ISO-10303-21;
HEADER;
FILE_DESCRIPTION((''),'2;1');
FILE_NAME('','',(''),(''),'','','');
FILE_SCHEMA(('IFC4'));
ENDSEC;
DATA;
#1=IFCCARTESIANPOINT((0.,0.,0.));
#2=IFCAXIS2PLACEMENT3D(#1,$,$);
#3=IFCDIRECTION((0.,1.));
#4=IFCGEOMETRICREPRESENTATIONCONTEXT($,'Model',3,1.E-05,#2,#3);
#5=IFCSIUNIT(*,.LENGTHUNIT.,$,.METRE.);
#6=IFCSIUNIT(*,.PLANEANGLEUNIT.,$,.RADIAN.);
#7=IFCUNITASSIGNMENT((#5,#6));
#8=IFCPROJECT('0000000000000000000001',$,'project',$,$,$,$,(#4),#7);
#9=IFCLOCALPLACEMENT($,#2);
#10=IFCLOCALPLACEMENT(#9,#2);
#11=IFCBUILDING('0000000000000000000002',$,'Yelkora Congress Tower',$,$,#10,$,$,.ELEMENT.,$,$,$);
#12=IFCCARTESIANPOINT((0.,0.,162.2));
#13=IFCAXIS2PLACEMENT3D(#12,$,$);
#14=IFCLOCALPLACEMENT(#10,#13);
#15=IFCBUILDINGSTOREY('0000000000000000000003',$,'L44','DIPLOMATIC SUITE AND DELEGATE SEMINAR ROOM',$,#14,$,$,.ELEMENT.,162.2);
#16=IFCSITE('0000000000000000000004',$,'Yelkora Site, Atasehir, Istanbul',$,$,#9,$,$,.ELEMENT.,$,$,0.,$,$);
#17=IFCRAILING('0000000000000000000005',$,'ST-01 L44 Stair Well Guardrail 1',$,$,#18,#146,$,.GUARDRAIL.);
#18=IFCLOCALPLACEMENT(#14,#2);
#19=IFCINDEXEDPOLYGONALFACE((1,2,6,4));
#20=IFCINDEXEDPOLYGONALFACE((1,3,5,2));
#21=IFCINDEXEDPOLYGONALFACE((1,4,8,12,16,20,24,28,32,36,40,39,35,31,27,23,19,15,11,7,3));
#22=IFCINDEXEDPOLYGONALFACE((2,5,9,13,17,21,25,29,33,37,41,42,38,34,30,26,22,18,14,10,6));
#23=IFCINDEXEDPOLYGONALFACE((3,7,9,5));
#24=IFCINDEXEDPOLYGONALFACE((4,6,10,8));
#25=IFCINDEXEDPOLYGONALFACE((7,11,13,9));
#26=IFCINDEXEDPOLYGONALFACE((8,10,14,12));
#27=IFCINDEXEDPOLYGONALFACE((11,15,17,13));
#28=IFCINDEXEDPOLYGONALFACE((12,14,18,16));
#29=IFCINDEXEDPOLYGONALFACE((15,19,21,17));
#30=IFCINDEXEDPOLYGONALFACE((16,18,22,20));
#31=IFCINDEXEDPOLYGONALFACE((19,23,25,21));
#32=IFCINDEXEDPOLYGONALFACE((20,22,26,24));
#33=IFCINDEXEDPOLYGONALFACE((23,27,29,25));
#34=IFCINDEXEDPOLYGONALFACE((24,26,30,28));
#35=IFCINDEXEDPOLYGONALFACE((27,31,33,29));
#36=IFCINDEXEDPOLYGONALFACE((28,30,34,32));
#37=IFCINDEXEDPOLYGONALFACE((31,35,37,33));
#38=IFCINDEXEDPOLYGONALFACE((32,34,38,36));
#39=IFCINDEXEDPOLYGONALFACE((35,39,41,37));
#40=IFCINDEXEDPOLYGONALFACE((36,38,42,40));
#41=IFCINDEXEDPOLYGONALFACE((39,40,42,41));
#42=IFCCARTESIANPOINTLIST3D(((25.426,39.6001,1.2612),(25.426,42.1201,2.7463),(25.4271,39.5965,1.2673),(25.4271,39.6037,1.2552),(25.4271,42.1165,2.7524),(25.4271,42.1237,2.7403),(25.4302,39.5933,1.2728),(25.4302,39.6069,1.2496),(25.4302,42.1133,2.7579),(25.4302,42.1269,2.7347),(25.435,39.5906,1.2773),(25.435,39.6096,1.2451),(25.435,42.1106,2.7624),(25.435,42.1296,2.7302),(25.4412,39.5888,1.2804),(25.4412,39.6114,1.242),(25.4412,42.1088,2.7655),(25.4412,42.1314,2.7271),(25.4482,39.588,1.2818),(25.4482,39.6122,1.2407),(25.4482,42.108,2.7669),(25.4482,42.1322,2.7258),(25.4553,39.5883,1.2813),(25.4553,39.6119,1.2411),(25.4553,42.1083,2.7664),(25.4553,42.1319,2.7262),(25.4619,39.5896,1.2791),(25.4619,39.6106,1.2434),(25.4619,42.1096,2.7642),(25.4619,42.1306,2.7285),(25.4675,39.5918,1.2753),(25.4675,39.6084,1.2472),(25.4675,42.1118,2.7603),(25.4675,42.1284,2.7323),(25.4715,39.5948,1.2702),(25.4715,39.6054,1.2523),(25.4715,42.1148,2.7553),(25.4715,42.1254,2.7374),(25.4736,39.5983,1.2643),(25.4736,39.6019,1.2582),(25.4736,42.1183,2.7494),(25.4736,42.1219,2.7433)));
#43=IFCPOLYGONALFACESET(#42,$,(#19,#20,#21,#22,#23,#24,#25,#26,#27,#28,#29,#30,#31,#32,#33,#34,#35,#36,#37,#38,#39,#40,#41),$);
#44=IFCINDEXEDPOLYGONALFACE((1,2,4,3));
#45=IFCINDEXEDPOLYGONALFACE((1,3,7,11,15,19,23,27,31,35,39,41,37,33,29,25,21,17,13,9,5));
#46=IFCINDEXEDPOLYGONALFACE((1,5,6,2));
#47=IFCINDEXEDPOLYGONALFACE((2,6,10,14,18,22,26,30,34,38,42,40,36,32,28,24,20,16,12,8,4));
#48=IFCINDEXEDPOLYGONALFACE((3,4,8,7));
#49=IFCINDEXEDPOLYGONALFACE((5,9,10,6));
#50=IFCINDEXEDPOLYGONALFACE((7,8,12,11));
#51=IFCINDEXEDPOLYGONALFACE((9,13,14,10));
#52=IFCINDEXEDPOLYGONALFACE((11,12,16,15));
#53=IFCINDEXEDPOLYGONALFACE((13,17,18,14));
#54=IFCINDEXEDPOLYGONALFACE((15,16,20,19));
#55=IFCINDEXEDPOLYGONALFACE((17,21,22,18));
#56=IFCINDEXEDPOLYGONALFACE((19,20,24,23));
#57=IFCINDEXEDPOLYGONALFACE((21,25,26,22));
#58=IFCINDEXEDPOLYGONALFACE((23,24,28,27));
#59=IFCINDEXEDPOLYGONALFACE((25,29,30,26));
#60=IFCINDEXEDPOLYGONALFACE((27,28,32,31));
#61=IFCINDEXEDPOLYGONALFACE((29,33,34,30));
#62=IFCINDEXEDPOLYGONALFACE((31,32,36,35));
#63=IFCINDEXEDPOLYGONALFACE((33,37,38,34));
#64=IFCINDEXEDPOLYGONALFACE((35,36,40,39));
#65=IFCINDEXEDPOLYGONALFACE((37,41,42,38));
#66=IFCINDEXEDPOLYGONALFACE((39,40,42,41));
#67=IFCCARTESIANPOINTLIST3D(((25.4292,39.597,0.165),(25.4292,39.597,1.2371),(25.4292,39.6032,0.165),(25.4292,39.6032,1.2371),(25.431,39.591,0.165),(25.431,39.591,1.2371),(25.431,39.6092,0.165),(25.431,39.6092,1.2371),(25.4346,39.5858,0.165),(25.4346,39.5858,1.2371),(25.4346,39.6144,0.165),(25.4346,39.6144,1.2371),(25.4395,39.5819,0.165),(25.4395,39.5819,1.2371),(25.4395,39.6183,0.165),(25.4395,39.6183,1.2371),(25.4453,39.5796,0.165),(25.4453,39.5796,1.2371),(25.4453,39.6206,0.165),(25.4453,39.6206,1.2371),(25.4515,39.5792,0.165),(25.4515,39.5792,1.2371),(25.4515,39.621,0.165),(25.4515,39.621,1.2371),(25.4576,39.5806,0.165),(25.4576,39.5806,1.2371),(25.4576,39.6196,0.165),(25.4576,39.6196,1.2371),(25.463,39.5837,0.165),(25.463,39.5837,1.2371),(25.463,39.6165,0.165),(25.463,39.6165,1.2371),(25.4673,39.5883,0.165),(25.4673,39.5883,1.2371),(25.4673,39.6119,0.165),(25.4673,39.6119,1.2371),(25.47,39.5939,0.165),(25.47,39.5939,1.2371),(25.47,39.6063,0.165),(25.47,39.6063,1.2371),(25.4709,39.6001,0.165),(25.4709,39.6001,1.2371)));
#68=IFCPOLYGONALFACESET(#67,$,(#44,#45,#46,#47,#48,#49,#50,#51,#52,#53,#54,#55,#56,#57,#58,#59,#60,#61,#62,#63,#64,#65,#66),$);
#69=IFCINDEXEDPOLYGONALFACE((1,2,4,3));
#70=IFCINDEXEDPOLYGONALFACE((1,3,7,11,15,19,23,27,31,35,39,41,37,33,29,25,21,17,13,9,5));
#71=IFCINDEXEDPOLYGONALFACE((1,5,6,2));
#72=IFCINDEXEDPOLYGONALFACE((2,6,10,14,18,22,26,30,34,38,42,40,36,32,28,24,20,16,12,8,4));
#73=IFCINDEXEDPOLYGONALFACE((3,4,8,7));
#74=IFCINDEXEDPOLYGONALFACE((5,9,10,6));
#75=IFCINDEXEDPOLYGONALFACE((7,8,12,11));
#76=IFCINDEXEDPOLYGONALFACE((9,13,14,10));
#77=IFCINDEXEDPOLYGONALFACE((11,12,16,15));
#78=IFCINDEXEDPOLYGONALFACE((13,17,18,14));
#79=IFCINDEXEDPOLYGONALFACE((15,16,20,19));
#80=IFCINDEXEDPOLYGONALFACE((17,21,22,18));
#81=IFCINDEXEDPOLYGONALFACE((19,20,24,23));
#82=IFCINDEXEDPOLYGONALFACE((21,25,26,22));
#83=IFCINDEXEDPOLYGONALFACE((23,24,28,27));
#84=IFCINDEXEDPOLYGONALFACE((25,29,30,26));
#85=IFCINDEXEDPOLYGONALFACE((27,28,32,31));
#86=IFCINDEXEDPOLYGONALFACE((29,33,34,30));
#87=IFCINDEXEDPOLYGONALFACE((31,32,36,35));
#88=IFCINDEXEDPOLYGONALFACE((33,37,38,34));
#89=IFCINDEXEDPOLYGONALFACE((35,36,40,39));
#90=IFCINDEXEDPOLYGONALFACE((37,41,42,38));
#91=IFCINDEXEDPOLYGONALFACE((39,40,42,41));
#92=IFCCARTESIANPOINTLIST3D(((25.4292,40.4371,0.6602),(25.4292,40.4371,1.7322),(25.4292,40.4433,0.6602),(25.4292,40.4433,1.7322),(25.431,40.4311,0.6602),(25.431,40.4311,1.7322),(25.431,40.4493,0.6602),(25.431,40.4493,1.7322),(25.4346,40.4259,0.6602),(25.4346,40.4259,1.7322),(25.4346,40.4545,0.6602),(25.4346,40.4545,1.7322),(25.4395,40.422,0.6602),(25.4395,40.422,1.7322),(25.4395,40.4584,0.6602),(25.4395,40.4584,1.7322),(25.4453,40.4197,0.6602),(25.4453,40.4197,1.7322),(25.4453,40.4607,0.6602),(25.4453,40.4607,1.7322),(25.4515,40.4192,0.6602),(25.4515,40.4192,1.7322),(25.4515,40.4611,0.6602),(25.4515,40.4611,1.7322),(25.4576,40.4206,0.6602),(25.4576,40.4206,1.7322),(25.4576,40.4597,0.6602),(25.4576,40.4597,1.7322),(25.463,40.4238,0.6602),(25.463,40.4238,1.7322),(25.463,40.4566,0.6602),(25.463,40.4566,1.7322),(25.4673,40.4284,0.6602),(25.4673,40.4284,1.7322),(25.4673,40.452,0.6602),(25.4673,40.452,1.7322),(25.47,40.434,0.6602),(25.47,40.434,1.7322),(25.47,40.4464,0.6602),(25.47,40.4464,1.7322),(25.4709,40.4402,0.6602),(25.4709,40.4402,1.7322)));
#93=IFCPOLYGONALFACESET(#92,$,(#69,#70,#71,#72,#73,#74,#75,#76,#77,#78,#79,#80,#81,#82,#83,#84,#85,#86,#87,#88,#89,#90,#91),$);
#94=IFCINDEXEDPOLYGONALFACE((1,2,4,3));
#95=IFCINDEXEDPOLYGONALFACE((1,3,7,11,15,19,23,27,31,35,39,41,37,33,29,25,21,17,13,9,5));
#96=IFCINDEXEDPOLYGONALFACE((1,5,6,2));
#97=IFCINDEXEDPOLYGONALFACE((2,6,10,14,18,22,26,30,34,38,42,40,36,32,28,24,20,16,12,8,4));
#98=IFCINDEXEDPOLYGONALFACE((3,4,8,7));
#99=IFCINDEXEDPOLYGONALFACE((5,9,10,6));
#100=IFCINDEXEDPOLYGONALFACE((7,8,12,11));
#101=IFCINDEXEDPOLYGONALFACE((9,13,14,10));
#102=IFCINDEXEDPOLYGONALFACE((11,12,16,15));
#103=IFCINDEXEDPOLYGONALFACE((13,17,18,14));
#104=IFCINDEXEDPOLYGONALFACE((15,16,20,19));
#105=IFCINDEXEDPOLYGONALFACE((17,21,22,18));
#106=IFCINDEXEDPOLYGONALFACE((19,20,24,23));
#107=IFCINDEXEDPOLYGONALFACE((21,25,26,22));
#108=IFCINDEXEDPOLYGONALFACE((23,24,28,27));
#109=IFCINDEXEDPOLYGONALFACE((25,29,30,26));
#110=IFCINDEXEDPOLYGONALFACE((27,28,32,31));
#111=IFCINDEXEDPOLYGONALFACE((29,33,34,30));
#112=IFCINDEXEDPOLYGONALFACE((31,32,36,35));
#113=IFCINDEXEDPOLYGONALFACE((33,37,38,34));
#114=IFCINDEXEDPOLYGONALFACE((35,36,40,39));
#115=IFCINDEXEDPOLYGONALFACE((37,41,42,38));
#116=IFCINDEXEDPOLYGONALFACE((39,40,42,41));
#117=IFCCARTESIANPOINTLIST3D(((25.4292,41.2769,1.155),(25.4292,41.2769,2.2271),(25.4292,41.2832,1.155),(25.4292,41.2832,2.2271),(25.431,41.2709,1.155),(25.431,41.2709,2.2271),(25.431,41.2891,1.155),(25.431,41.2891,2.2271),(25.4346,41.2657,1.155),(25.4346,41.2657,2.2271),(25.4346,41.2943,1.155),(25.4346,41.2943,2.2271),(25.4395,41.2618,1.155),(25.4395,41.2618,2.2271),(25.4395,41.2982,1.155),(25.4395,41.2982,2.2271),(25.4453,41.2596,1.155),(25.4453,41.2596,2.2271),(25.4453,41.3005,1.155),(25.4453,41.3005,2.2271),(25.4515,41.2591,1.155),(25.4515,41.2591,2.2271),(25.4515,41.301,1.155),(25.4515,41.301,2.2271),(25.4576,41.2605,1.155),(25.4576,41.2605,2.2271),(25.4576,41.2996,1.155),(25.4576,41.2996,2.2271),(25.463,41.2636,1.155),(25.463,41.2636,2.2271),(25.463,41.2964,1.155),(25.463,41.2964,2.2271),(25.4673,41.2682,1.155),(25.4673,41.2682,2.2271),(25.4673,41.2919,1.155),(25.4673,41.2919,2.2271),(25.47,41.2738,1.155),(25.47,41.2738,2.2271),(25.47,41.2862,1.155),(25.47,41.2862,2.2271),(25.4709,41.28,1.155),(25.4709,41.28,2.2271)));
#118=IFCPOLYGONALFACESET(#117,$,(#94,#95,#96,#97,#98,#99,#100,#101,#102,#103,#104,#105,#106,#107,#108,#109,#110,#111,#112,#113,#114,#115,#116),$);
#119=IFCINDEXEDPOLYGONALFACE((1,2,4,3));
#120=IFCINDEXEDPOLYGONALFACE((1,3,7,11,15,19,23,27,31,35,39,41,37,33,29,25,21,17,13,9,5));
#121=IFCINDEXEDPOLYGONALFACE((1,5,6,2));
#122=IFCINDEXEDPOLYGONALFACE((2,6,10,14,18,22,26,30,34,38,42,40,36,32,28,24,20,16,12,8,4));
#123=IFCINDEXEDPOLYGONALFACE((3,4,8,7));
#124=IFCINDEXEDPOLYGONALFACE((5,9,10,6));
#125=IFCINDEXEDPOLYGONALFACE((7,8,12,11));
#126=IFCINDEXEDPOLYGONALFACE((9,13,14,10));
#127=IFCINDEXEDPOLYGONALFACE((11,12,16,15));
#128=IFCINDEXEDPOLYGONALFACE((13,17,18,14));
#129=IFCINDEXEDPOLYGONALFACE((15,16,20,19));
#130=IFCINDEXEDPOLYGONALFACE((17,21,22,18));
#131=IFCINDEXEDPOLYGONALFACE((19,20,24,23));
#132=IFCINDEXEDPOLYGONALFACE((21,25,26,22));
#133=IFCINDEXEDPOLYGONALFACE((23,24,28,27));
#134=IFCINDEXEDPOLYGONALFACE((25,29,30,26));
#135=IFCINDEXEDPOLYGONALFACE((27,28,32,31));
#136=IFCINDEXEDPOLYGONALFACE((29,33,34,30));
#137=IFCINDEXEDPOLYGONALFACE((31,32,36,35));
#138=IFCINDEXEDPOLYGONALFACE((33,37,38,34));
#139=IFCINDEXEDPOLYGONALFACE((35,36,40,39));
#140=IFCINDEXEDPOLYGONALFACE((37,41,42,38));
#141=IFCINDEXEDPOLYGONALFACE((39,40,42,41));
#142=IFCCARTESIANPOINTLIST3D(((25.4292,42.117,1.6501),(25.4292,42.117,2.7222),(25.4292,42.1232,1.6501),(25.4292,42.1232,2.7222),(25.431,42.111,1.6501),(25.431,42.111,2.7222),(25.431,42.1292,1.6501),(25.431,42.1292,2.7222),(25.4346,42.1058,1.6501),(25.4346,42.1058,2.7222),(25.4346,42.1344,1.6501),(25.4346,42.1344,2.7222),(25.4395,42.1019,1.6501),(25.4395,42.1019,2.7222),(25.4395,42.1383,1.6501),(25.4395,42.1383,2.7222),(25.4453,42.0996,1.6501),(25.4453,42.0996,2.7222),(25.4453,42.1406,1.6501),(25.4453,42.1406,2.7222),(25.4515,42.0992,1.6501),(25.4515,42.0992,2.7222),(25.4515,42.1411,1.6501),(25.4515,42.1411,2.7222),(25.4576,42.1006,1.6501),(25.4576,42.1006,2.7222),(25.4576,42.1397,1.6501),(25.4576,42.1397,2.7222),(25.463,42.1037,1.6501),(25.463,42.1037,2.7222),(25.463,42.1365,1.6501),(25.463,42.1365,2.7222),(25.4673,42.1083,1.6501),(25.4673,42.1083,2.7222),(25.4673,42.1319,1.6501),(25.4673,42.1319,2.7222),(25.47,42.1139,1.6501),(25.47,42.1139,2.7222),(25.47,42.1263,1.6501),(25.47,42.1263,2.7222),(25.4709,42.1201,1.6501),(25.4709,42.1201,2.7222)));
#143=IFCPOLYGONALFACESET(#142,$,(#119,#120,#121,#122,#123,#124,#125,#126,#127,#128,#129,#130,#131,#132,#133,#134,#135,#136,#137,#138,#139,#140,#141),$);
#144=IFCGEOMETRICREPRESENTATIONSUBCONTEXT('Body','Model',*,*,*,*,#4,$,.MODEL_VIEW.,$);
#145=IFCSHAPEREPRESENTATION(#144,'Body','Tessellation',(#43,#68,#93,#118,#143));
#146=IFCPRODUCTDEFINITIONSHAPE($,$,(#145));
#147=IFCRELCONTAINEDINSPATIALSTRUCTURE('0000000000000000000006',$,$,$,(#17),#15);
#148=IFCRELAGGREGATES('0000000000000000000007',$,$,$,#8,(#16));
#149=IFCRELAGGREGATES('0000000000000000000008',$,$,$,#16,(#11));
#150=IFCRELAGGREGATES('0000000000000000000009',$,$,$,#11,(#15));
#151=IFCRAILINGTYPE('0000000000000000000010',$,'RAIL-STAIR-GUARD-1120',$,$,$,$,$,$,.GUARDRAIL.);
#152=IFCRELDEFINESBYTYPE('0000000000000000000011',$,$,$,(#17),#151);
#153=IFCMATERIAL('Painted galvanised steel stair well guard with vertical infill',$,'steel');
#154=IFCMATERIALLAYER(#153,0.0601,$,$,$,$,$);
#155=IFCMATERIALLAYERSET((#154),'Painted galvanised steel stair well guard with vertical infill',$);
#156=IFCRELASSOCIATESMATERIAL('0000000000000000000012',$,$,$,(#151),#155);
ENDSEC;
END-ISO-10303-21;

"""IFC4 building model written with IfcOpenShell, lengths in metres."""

from ifc_helpers import new_model, si_unit, direction, frame, origin, origin_2d, place, context, subcontext, project, spatial, circle, extrude, material, layer, layer_set, type_object, element, save


model = new_model("IFC4")

# Units and contexts
model_context = context("Model", 3, precision=1e-05, world=origin(), true_north=direction((0.0, 1.0)))
body_context = subcontext(model_context, "Body", "Model", "MODEL_VIEW")
ifc_project = project(units=[si_unit("LENGTHUNIT", "METRE"), si_unit("PLANEANGLEUNIT", "RADIAN")], contexts=[model_context])

# Site, building, storey
site_placement = place(None, origin())
site = spatial("IfcSite", under=ifc_project, at=site_placement, Name="Yelkora Site, Atasehir, Istanbul", CompositionType="ELEMENT", RefElevation=0.0)
building_placement = place(site_placement, origin())
building = spatial("IfcBuilding", under=site, at=building_placement, Name="Yelkora Congress Tower", CompositionType="ELEMENT")
storey_placement = place(building_placement, frame((0.0, 0.0, 162.2)))
storey = spatial("IfcBuildingStorey", under=building, at=storey_placement, Name="L44", Description="DIPLOMATIC SUITE AND DELEGATE SEMINAR ROOM", CompositionType="ELEMENT", Elevation=162.2)

# Railing
ifc_material_1 = material(Name="Painted galvanised steel stair well guard with vertical infill", Category="steel")
ifc_layer_1 = layer(ifc_material_1, 0.0601)
ifc_layer_set_1 = layer_set([ifc_layer_1], Name="Painted galvanised steel stair well guard with vertical infill")
railing_type_1 = type_object("IfcRailingType", Name="RAIL-STAIR-GUARD-1120", PredefinedType="GUARDRAIL", material=ifc_layer_set_1)
railing_1_placement = place(storey_placement, frame((25.45, 39.6001, 0.165)))
element("IfcRailing", 1, at=railing_1_placement, inside=storey, type_object=railing_type_1, Name="ST-01 L44 Stair Well Guardrail 1", PredefinedType="GUARDRAIL", context=body_context, shape_type="SweptSolid", body=[
    extrude(circle(Radius=0.0239, at=origin_2d()), frame((0.0, 0.0, 1.0962), z_axis=(0.0, 0.861524, 0.507717), x_axis=(-1.0, 0.0, 0.0)), (0.0, 0.0, 1.0), 2.925),
    extrude(circle(Radius=0.021, at=origin_2d()), origin(), (0.0, 0.0, 1.0), 1.072),
    extrude(circle(Radius=0.021, at=origin_2d()), frame((0.0, 0.8401, 0.4951)), (0.0, 0.0, 1.0), 1.072),
    extrude(circle(Radius=0.021, at=origin_2d()), frame((0.0, 1.6799, 0.99)), (0.0, 0.0, 1.0), 1.072),
    extrude(circle(Radius=0.021, at=origin_2d()), frame((0.0, 2.52, 1.4851)), (0.0, 0.0, 1.0), 1.072),
])

save(model, "model.ifc")
